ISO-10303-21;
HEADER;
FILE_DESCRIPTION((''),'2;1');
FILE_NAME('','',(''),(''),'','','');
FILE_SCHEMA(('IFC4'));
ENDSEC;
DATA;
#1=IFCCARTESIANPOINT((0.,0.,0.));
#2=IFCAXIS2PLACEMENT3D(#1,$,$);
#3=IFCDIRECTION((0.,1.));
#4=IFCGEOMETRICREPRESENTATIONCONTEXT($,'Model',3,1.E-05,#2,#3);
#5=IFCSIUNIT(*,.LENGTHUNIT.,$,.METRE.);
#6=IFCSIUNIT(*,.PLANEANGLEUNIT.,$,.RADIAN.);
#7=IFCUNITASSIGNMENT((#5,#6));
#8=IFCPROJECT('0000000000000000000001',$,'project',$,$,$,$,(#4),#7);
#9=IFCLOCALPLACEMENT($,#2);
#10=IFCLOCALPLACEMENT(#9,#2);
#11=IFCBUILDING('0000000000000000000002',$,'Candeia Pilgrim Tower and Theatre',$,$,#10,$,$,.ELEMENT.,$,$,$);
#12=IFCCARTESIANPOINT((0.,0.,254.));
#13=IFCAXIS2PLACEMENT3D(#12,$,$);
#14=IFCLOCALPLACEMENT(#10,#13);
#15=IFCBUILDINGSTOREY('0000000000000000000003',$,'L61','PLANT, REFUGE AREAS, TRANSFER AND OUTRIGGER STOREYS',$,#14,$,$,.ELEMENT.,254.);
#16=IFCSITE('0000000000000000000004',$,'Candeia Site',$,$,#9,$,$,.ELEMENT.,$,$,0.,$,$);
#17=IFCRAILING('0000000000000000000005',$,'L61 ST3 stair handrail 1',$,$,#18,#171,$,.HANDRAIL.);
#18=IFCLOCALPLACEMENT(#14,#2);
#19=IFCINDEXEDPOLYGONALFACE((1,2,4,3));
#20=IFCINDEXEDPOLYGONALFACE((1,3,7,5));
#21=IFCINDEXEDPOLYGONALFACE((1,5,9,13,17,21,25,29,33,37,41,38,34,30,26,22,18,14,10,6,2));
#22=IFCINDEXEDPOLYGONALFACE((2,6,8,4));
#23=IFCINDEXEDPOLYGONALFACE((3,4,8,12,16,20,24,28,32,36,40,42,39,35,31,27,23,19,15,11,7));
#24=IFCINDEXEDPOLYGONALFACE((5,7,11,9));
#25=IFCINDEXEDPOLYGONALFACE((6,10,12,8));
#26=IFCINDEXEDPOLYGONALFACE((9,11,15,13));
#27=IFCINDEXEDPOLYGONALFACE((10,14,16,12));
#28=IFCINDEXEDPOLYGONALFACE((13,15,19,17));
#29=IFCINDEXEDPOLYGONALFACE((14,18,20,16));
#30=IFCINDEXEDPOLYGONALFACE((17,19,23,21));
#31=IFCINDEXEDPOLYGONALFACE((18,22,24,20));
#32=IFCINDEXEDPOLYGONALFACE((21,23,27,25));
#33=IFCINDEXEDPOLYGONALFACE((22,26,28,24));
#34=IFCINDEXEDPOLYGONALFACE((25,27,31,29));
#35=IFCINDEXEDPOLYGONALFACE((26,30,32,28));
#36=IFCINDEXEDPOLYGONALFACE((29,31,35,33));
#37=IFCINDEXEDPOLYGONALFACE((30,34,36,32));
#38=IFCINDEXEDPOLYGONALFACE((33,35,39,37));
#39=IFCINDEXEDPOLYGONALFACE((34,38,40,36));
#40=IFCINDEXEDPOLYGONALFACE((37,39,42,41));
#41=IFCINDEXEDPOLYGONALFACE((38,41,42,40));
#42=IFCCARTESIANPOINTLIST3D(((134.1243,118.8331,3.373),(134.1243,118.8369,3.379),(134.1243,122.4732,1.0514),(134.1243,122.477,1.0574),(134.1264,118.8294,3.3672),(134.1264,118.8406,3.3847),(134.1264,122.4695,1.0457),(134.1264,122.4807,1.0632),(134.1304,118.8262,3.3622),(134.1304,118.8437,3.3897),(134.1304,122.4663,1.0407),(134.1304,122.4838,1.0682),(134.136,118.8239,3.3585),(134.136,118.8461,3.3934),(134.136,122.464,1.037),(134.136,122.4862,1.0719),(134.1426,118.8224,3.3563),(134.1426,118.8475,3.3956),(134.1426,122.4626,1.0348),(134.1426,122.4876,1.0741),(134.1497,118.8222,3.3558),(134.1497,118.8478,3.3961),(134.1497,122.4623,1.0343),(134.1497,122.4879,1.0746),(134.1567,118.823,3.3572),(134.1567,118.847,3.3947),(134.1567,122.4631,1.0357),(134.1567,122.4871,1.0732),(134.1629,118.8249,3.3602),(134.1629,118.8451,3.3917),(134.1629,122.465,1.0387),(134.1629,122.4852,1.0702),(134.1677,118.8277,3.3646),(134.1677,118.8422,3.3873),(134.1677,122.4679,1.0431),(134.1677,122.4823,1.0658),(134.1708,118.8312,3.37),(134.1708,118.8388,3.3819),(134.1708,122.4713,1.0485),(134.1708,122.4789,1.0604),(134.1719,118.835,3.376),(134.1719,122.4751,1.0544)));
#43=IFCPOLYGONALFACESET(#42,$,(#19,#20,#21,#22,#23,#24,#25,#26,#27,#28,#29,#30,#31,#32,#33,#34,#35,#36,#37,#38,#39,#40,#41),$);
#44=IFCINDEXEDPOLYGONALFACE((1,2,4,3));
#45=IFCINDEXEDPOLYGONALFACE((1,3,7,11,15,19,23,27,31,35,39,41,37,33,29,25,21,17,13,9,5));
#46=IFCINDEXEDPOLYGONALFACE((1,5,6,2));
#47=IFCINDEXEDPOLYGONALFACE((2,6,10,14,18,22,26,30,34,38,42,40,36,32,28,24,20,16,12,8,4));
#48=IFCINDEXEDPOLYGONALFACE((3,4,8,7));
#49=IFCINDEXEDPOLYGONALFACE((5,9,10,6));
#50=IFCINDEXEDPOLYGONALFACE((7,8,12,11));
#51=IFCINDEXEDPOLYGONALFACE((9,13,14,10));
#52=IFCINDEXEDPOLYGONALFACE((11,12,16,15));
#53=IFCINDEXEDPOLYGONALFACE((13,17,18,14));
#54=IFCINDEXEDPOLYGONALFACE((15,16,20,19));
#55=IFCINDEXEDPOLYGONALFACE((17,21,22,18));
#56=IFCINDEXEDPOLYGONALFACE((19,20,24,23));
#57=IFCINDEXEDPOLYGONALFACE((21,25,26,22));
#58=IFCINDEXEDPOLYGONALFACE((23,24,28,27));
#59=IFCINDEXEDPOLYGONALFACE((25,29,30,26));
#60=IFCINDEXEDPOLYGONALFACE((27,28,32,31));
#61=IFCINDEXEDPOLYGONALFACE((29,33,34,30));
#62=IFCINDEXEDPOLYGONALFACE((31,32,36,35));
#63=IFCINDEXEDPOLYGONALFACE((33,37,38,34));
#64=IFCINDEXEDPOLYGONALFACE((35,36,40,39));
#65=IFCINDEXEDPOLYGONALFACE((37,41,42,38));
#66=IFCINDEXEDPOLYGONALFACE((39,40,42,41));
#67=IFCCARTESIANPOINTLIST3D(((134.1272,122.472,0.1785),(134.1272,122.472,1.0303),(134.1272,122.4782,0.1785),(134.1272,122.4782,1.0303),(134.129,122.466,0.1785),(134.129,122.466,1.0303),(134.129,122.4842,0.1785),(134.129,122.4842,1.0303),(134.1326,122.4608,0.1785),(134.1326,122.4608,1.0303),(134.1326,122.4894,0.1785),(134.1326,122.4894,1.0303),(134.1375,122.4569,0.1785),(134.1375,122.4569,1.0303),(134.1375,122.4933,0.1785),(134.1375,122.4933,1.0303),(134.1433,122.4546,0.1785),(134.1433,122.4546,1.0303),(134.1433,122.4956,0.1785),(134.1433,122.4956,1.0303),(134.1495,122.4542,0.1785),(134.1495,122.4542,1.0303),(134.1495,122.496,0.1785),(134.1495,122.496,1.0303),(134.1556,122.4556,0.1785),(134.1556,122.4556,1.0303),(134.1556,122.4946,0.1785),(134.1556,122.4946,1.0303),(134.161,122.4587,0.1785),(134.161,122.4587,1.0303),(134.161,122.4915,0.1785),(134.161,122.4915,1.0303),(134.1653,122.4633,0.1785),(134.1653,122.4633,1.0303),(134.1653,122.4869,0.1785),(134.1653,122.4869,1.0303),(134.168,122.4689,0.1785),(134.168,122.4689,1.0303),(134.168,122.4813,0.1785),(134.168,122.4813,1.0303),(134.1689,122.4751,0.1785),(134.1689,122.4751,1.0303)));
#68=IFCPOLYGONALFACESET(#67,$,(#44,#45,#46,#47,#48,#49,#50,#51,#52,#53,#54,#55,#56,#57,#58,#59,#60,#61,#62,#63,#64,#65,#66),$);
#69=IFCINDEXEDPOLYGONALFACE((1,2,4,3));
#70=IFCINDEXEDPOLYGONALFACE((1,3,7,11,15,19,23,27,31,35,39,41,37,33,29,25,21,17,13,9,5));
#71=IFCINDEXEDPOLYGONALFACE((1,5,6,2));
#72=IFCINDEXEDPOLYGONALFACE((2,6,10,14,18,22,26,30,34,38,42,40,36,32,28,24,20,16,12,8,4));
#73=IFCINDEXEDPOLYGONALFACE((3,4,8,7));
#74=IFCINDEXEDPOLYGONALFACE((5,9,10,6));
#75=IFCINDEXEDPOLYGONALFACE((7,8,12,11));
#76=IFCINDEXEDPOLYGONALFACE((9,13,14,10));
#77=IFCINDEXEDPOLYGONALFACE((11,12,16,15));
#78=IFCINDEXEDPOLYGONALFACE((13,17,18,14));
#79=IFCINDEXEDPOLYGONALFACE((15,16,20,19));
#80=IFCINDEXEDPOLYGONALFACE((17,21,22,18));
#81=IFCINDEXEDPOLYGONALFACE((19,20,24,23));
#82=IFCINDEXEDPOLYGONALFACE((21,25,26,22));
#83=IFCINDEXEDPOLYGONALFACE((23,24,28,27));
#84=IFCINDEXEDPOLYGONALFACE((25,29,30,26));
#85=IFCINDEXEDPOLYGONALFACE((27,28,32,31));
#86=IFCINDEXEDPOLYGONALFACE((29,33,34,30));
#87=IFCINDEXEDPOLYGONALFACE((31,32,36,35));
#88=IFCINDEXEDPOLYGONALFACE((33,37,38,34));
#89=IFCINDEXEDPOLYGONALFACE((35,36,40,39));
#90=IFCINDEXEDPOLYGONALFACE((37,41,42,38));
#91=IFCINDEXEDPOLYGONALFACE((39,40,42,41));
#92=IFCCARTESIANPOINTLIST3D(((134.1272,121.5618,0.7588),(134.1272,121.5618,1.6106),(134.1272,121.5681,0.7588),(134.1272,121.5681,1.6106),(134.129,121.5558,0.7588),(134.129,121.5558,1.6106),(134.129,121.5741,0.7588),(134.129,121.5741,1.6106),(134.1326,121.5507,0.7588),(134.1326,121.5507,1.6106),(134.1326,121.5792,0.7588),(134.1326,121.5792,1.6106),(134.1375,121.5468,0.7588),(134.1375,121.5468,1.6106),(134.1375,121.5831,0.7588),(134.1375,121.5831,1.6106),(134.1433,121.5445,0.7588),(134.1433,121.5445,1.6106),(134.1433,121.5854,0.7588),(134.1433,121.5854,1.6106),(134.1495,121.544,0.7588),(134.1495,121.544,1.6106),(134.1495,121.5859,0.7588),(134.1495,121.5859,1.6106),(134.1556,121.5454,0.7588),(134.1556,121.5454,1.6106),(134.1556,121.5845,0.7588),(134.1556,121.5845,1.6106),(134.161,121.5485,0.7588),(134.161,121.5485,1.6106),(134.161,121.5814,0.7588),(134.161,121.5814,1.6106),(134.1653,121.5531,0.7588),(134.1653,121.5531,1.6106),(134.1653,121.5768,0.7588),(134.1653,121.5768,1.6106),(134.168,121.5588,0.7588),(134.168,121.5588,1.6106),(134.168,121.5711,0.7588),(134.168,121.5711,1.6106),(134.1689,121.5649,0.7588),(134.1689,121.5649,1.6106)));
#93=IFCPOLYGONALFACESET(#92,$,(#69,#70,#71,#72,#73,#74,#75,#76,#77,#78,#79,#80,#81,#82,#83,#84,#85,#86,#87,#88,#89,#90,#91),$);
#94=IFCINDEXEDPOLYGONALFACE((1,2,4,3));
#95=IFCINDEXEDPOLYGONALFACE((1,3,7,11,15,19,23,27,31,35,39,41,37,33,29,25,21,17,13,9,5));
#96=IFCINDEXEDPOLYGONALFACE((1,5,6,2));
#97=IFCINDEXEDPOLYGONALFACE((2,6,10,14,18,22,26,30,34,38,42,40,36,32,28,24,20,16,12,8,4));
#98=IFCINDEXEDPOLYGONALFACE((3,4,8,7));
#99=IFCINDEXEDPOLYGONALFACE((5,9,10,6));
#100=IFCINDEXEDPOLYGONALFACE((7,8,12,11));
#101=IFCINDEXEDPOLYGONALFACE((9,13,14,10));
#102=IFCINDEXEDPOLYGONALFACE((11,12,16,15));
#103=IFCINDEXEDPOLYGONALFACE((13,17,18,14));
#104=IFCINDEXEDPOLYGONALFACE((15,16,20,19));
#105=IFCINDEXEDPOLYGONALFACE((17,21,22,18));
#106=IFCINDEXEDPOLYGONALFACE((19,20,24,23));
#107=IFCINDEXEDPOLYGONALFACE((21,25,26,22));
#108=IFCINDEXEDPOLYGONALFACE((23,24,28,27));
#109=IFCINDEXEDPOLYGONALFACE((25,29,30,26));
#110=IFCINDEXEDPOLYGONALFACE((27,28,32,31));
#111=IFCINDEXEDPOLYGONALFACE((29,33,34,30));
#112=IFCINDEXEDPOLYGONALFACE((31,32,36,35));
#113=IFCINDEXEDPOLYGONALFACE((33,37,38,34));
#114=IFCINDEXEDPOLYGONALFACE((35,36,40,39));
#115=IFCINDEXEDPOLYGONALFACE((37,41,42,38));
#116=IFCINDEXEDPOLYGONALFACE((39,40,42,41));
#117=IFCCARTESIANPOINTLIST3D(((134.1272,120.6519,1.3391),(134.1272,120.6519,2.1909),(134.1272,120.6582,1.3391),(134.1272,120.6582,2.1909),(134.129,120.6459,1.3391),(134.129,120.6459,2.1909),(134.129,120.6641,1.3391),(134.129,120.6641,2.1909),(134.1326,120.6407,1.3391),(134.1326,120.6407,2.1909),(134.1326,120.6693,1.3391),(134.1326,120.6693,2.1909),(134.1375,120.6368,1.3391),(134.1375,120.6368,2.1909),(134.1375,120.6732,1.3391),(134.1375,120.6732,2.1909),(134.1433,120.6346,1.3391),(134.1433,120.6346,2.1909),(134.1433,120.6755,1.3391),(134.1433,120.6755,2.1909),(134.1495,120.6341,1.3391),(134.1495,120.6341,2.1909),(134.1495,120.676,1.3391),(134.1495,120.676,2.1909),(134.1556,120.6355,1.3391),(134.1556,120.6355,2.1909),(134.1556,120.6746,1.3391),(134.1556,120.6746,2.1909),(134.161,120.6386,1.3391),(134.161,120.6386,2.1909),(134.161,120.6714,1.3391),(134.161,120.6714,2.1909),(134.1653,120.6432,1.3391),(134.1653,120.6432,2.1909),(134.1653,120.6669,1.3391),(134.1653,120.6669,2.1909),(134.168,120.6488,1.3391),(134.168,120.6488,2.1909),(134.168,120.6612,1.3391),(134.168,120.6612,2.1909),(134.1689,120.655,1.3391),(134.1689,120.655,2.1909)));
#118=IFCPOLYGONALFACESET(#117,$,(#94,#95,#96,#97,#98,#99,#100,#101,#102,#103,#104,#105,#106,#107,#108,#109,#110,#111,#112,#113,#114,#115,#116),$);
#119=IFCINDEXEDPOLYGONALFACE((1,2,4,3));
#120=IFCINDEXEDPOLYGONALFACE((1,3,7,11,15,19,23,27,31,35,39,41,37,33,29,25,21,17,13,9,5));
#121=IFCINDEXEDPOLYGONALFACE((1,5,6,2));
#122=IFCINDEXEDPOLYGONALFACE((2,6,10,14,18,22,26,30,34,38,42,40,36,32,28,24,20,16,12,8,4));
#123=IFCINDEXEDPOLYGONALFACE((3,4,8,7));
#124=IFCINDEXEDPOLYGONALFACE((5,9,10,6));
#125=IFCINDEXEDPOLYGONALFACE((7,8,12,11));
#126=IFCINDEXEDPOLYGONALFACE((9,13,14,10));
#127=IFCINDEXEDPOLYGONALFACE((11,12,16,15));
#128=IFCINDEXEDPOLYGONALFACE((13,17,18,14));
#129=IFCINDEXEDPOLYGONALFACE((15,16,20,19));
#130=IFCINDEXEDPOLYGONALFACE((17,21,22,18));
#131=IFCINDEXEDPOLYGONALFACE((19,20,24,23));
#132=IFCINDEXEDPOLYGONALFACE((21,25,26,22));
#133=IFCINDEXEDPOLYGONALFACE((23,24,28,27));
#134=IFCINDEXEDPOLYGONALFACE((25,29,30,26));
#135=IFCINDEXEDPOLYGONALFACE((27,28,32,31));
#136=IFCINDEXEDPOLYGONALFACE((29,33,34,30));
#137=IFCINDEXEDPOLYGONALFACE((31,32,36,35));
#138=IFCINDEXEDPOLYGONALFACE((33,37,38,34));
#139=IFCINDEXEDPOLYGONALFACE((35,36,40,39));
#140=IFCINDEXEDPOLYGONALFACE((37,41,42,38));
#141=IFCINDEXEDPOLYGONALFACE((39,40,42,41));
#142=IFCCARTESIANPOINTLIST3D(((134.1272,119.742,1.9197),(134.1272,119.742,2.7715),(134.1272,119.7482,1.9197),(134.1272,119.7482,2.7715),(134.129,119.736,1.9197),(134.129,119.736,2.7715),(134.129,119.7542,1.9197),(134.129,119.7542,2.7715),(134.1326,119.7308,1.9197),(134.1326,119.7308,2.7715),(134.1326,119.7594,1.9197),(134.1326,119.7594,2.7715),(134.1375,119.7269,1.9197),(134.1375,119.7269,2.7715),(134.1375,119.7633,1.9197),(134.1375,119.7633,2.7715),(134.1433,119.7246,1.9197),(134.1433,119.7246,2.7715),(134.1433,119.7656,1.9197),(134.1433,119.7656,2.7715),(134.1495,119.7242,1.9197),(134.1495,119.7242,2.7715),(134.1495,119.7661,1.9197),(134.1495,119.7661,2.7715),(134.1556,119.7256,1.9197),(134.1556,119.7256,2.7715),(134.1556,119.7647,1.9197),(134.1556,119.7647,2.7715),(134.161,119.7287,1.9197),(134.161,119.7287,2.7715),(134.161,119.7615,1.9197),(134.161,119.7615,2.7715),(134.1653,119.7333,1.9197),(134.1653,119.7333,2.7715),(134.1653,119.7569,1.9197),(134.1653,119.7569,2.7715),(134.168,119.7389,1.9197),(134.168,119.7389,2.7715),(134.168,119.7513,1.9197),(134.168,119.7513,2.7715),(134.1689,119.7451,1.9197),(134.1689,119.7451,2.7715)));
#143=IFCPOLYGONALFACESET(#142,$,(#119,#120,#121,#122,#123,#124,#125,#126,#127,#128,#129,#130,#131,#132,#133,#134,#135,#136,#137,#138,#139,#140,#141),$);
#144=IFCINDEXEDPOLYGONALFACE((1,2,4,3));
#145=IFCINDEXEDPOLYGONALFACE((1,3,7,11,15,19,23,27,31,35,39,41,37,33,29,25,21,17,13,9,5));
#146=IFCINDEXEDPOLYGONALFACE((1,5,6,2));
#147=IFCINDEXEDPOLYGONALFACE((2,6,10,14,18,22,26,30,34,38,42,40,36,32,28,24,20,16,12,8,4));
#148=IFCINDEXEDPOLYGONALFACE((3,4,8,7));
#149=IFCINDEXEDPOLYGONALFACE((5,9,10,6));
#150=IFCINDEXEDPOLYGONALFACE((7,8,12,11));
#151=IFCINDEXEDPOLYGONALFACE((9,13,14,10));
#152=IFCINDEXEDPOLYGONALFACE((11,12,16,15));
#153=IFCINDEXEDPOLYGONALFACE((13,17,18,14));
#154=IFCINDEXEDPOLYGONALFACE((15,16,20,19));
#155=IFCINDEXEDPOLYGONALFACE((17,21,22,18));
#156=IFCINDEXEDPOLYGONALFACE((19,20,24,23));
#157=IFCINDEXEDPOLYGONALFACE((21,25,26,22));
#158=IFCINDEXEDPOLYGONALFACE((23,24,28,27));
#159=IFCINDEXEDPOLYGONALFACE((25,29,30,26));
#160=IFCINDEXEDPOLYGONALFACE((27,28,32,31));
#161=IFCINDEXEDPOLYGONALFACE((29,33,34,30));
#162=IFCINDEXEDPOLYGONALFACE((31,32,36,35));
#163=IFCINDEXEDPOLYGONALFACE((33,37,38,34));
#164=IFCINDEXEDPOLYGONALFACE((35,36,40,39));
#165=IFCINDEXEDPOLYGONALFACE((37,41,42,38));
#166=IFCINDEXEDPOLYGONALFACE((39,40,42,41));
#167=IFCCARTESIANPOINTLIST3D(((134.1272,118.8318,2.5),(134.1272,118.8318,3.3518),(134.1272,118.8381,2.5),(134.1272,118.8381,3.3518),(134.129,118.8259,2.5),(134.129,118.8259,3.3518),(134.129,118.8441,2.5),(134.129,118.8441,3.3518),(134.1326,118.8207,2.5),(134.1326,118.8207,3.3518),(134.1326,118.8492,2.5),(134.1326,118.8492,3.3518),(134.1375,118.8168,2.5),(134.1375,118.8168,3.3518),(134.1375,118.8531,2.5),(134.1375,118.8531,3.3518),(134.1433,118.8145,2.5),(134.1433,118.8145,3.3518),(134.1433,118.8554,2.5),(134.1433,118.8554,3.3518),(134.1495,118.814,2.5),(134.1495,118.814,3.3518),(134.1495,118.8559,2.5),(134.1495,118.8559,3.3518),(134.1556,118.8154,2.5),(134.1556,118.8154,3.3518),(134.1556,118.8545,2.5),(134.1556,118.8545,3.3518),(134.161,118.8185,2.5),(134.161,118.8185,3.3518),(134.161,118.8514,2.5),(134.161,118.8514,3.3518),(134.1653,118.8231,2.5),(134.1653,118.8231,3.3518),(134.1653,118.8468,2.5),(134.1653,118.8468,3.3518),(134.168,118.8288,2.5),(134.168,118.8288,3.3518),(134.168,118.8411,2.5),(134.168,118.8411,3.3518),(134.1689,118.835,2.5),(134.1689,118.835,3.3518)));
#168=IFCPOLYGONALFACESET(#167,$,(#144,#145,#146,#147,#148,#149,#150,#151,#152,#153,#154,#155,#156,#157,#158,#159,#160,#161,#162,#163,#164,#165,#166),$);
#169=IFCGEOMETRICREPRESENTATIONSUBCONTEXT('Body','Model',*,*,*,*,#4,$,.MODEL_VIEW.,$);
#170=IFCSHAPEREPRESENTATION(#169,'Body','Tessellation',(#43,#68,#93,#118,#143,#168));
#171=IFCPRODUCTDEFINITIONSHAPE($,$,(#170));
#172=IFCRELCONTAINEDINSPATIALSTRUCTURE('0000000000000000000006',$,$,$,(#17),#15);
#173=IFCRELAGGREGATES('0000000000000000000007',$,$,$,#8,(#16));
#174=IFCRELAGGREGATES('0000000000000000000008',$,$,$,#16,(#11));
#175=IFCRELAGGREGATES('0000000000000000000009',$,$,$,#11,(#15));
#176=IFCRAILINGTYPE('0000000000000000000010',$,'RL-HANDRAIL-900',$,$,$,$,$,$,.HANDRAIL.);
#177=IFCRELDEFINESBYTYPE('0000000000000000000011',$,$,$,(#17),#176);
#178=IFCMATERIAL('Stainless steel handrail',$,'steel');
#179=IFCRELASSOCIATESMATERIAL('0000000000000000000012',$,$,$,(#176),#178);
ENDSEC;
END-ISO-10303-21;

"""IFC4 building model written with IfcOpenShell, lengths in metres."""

from ifc_helpers import new_model, si_unit, direction, frame, origin, origin_2d, place, context, subcontext, project, spatial, circle, extrude, material, type_object, element, save


model = new_model("IFC4")

# Units and contexts
model_context = context("Model", 3, precision=1e-05, world=origin(), true_north=direction((0.0, 1.0)))
body_context = subcontext(model_context, "Body", "Model", "MODEL_VIEW")
ifc_project = project(units=[si_unit("LENGTHUNIT", "METRE"), si_unit("PLANEANGLEUNIT", "RADIAN")], contexts=[model_context])

# Site, building, storey
site_placement = place(None, origin())
site = spatial("IfcSite", under=ifc_project, at=site_placement, Name="Candeia Site", CompositionType="ELEMENT", RefElevation=0.0)
building_placement = place(site_placement, origin())
building = spatial("IfcBuilding", under=site, at=building_placement, Name="Candeia Pilgrim Tower and Theatre", CompositionType="ELEMENT")
storey_placement = place(building_placement, frame((0.0, 0.0, 254.0)))
storey = spatial("IfcBuildingStorey", under=building, at=storey_placement, Name="L61", Description="PLANT, REFUGE AREAS, TRANSFER AND OUTRIGGER STOREYS", CompositionType="ELEMENT", Elevation=254.0)

# Railing
ifc_material_1 = material(Name="Stainless steel handrail", Category="steel")
railing_type_1 = type_object("IfcRailingType", Name="RL-HANDRAIL-900", PredefinedType="HANDRAIL", material=ifc_material_1)
railing_1_placement = place(storey_placement, frame((134.1479, 122.4751, 0.1785)))
element("IfcRailing", 1, at=railing_1_placement, inside=storey, type_object=railing_type_1, Name="L61 ST3 stair handrail 1", PredefinedType="HANDRAIL", context=body_context, shape_type="SweptSolid", body=[
    extrude(circle(Radius=0.0239, at=origin_2d()), frame((0.0, 0.0, 0.876), z_axis=(0.0, -0.843128, 0.537713), x_axis=(1.0, 0.0, 0.0)), (0.0, 0.0, 1.0), 4.3174),
    extrude(circle(Radius=0.021, at=origin_2d()), origin(), (0.0, 0.0, 1.0), 0.8518),
    extrude(circle(Radius=0.021, at=origin_2d()), frame((0.0, -0.9102, 0.5803)), (0.0, 0.0, 1.0), 0.8518),
    extrude(circle(Radius=0.021, at=origin_2d()), frame((0.0, -1.8201, 1.1606)), (0.0, 0.0, 1.0), 0.8518),
    extrude(circle(Radius=0.021, at=origin_2d()), frame((0.0, -2.73, 1.7412)), (0.0, 0.0, 1.0), 0.8518),
    extrude(circle(Radius=0.021, at=origin_2d()), frame((0.0, -3.6401, 2.3215)), (0.0, 0.0, 1.0), 0.8518),
])

save(model, "model.ifc")
